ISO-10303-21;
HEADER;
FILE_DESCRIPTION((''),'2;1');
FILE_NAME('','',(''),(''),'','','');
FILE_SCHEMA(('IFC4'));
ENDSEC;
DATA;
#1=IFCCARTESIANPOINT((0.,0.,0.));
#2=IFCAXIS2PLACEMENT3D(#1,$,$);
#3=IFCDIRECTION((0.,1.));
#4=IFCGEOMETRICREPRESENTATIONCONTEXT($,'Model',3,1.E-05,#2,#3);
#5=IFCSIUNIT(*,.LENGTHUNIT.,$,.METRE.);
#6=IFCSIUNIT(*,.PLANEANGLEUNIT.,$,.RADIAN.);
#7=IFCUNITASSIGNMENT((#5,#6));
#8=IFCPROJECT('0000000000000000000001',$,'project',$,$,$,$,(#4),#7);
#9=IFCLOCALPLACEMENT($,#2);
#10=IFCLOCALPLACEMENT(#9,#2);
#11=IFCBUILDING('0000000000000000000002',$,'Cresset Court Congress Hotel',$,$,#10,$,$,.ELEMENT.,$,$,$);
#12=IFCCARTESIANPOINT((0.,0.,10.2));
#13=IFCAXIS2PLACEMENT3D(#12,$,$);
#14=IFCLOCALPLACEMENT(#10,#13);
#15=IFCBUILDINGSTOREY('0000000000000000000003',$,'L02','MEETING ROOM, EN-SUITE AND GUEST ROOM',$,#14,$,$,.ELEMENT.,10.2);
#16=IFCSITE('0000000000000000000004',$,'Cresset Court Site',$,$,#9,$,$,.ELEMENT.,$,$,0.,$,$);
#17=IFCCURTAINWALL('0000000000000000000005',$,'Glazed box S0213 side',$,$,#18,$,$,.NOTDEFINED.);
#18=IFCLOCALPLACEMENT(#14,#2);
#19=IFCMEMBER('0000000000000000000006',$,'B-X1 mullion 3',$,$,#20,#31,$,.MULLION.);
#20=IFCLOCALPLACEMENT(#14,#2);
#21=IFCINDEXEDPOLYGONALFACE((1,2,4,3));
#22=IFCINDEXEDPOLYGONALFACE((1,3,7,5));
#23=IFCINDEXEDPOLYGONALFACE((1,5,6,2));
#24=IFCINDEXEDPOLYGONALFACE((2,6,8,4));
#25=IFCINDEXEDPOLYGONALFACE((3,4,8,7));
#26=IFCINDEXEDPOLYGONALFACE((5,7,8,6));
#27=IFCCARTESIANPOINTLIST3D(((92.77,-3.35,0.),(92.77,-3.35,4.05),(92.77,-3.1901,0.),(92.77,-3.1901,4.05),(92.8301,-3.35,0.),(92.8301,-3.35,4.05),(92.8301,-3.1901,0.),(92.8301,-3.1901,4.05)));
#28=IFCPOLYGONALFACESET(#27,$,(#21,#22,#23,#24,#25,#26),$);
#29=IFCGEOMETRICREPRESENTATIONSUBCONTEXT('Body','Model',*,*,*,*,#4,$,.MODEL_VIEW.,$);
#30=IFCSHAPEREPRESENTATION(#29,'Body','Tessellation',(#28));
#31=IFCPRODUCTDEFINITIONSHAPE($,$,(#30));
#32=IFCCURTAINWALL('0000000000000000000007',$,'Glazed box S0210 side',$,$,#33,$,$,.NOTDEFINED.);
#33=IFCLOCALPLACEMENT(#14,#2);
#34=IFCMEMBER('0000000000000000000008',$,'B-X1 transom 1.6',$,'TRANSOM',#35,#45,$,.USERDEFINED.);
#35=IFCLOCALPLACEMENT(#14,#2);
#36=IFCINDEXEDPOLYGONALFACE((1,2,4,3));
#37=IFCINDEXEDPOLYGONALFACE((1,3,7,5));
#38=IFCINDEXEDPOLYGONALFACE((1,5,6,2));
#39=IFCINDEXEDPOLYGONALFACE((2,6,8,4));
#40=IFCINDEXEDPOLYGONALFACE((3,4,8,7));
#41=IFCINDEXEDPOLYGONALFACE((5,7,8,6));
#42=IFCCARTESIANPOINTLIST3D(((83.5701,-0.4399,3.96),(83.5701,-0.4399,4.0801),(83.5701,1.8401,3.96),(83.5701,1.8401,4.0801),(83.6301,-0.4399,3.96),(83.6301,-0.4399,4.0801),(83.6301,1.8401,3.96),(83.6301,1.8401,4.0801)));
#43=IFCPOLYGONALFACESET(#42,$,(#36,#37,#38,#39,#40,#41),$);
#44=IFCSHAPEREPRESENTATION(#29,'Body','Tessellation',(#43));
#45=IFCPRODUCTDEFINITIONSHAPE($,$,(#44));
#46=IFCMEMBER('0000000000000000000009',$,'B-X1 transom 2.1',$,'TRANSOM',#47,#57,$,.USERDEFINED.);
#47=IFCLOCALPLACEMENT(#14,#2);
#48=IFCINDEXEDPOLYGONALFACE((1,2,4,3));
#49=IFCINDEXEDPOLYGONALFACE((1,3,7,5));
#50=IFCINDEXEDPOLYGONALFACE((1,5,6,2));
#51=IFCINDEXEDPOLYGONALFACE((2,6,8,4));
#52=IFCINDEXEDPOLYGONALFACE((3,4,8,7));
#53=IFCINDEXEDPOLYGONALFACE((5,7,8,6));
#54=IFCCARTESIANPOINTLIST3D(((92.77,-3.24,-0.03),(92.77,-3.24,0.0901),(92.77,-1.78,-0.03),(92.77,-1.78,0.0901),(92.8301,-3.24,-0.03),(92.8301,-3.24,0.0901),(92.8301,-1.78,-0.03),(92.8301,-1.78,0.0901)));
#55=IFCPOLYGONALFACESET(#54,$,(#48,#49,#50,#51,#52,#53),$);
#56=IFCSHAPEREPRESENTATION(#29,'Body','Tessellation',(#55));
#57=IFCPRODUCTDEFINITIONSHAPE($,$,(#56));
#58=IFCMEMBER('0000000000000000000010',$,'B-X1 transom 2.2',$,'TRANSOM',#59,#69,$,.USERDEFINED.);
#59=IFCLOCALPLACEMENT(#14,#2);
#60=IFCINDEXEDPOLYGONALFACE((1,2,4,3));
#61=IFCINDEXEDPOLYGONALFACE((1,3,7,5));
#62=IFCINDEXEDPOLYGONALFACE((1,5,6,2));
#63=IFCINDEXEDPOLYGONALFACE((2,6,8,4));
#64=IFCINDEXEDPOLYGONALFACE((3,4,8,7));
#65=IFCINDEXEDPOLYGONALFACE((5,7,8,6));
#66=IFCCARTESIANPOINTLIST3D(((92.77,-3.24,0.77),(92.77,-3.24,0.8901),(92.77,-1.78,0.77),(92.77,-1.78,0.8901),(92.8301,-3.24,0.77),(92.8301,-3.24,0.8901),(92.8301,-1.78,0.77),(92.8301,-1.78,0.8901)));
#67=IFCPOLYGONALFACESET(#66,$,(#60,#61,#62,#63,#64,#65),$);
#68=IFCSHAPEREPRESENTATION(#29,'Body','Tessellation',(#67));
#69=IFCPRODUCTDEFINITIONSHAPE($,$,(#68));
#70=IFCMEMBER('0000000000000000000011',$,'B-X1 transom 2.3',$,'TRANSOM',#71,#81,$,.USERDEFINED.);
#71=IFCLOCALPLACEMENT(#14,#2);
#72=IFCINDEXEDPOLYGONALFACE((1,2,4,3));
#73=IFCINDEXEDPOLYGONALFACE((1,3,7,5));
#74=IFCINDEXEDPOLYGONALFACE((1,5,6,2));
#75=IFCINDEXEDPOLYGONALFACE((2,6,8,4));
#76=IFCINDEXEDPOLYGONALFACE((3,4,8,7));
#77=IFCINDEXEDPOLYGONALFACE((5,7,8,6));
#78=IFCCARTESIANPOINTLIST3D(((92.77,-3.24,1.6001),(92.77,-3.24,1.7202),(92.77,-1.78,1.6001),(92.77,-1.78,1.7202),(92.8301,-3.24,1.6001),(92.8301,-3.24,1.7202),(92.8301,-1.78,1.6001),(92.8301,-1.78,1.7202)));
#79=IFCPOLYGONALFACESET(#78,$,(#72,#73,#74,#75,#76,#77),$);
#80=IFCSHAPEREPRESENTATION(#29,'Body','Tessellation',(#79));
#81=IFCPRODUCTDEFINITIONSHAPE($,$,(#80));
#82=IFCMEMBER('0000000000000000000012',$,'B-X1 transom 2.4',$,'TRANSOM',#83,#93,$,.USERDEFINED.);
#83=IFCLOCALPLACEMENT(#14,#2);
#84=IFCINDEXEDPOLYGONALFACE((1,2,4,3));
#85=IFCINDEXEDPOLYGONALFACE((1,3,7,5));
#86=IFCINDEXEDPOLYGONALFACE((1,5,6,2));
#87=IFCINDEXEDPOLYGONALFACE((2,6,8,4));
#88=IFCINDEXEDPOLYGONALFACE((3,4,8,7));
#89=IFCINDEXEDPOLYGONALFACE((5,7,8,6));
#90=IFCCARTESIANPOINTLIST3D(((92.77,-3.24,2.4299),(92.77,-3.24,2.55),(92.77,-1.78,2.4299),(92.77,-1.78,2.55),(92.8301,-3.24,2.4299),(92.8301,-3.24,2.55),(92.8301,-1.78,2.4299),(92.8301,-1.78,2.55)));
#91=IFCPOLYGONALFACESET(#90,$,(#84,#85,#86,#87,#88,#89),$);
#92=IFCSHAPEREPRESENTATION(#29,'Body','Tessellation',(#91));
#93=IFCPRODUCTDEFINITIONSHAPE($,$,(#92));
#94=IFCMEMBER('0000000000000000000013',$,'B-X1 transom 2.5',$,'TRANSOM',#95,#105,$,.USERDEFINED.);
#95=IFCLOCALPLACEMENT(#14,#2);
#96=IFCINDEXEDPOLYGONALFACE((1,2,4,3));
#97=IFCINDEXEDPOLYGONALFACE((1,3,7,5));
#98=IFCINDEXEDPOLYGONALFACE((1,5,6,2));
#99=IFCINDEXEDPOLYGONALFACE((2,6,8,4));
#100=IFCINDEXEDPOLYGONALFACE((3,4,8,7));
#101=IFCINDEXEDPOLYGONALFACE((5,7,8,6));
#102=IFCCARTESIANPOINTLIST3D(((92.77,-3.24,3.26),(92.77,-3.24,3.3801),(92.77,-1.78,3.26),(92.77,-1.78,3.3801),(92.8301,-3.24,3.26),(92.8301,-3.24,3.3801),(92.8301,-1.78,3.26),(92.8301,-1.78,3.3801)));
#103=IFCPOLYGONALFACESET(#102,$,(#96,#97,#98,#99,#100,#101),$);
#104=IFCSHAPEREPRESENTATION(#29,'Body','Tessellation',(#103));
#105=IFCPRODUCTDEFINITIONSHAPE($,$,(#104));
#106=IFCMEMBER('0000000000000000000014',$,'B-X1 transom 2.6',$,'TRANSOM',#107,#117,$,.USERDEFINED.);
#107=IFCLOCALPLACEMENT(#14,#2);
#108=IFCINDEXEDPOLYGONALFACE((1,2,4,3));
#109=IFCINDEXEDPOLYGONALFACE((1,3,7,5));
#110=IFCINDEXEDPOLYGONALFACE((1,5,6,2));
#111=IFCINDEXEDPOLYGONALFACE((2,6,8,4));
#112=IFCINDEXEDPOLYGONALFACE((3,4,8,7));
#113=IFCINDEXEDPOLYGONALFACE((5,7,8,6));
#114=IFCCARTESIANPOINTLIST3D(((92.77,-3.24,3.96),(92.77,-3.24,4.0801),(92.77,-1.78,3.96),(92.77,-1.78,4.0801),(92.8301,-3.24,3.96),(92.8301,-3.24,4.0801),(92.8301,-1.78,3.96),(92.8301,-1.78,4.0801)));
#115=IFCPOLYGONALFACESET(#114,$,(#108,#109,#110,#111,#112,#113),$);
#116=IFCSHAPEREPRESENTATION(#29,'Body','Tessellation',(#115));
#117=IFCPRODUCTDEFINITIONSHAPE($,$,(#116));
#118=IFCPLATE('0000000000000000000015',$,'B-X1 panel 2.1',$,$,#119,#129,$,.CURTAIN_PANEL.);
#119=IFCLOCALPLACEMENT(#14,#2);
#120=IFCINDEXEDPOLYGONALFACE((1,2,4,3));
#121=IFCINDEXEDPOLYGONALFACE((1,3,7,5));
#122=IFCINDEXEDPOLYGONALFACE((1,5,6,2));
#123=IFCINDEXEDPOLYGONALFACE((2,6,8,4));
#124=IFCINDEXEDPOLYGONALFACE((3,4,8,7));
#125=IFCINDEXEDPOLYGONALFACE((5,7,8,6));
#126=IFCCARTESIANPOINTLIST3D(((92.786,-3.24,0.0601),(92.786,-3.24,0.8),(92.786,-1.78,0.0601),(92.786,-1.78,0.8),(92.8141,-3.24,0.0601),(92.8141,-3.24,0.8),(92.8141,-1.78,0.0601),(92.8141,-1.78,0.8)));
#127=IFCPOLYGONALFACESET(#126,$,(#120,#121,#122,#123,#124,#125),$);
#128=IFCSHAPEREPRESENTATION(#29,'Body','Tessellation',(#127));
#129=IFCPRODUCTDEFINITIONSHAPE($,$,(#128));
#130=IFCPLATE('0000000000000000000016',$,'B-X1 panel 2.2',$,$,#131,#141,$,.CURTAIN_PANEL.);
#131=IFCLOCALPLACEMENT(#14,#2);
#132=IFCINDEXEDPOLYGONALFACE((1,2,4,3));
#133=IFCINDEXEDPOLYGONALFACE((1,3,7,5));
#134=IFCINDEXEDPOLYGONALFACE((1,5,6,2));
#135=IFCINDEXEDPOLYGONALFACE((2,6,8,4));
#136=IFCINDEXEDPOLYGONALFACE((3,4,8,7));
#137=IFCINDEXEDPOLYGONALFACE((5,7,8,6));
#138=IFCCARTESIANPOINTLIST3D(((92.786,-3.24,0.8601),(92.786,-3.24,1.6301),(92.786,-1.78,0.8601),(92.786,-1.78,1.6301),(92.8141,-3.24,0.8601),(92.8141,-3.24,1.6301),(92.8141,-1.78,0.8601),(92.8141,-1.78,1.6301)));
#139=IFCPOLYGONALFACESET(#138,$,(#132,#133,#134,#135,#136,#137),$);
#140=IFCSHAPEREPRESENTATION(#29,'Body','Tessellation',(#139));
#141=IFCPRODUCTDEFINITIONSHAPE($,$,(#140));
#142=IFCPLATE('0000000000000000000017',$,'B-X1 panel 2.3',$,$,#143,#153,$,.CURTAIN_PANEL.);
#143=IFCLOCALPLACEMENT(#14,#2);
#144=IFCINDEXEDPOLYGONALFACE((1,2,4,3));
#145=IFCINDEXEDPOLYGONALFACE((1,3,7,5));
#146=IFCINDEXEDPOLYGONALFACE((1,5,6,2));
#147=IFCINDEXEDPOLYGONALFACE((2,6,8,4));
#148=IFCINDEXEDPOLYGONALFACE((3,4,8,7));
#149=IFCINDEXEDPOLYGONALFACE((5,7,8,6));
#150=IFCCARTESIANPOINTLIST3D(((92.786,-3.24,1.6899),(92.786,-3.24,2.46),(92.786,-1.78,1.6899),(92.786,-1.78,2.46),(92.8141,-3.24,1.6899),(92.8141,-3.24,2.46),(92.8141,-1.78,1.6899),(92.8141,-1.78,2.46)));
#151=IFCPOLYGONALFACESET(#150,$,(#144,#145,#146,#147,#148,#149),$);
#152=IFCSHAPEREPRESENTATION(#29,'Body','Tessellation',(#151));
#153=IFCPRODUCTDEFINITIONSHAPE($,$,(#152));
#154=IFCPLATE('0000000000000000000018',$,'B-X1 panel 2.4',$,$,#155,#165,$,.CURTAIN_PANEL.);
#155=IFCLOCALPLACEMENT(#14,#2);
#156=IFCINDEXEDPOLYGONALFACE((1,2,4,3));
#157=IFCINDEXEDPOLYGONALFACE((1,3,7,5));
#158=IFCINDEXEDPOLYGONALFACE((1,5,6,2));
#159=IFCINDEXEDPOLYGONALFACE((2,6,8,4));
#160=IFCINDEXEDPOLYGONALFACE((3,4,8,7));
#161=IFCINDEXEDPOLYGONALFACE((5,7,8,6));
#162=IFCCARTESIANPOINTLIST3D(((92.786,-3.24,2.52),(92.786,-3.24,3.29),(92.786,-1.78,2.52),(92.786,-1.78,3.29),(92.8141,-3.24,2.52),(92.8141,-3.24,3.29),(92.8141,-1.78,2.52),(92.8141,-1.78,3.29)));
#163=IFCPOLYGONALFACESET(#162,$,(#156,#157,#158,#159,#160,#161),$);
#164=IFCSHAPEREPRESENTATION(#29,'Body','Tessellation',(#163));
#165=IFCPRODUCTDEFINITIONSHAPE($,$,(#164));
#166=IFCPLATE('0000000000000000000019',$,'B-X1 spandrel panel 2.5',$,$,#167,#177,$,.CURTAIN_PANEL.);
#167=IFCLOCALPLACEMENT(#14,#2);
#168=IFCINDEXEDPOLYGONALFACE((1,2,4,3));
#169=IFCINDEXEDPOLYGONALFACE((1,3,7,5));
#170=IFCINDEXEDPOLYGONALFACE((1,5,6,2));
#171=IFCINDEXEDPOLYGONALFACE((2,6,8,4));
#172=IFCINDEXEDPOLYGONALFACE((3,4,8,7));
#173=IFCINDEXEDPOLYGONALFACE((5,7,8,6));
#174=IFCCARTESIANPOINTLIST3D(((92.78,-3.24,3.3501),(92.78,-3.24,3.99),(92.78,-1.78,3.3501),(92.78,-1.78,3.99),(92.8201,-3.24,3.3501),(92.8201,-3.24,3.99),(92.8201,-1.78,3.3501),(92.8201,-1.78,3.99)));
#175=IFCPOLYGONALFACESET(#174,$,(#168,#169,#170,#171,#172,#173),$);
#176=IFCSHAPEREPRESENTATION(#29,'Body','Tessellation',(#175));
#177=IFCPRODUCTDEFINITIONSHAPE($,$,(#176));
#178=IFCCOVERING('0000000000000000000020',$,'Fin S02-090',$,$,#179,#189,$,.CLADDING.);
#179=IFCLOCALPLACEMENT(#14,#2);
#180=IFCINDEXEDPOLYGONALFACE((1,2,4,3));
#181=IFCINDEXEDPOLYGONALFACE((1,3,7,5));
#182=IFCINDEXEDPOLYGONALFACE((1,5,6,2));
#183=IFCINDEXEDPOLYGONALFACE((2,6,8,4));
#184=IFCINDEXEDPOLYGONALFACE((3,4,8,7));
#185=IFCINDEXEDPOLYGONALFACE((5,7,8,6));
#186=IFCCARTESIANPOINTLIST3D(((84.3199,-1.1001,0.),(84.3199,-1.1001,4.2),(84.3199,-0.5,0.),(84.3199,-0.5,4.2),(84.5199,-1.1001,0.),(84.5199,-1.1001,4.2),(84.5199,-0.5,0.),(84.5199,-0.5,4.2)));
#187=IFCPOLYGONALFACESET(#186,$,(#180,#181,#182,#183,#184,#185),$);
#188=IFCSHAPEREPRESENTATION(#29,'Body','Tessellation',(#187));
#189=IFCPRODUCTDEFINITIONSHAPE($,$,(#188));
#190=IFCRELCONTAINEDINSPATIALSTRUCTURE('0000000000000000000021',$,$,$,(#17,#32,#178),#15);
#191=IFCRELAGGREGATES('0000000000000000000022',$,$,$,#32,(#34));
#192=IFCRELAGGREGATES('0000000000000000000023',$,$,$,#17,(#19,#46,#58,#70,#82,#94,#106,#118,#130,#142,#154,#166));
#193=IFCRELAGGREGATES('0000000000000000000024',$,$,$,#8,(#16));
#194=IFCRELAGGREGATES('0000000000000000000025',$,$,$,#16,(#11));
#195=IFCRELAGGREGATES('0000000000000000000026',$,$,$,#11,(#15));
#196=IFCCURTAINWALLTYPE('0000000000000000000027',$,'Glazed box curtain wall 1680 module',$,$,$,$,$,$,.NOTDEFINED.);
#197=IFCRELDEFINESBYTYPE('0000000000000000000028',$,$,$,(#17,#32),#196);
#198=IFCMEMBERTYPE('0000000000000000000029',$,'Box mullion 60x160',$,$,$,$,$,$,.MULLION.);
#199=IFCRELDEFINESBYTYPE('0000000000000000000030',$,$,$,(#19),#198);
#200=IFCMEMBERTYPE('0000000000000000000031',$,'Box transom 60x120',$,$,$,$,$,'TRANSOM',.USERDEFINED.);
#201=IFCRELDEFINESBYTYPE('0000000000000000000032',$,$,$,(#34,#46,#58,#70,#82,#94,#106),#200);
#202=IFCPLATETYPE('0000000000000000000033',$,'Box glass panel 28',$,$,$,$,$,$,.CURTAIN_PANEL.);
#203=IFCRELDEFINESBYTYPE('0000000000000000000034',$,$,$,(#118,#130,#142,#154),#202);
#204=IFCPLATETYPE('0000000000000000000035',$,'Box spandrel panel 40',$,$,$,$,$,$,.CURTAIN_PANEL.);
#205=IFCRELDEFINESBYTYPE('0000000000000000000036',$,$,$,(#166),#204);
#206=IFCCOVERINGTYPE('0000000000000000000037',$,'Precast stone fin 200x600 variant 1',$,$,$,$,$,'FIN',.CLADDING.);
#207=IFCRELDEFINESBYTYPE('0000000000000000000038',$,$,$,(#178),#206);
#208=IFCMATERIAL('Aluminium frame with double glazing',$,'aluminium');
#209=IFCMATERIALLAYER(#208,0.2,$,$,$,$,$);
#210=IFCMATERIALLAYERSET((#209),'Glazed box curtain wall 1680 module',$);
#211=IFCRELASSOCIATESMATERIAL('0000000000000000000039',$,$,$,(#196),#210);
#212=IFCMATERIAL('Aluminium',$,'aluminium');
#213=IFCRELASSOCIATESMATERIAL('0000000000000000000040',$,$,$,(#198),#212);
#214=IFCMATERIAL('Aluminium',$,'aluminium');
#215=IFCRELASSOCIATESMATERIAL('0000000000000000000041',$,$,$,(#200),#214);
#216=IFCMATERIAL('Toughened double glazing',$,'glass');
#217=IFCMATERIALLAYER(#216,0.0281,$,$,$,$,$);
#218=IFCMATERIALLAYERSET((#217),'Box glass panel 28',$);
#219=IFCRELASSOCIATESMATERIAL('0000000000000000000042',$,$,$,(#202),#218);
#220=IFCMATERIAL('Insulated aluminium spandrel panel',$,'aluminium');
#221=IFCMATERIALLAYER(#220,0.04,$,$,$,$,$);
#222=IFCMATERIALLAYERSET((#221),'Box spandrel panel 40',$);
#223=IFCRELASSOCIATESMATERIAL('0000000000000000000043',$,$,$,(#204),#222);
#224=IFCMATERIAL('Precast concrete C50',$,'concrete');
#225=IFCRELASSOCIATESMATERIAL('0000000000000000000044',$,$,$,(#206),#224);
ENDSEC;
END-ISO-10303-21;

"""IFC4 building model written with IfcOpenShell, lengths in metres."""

from ifc_helpers import new_model, si_unit, direction, frame, origin, origin_2d, place, context, subcontext, project, spatial, rectangle, extrude, material, layer, layer_set, material_profile, profile_set, type_object, element, aggregate, save


model = new_model("IFC4")

# Units and contexts
model_context = context("Model", 3, precision=1e-05, world=origin(), true_north=direction((0.0, 1.0)))
body_context = subcontext(model_context, "Body", "Model", "MODEL_VIEW")
ifc_project = project(units=[si_unit("LENGTHUNIT", "METRE"), si_unit("PLANEANGLEUNIT", "RADIAN")], contexts=[model_context])

# Site, building, storey
site_placement = place(None, origin())
site = spatial("IfcSite", under=ifc_project, at=site_placement, Name="Cresset Court Site", CompositionType="ELEMENT", RefElevation=0.0)
building_placement = place(site_placement, origin())
building = spatial("IfcBuilding", under=site, at=building_placement, Name="Cresset Court Congress Hotel", CompositionType="ELEMENT")
storey_placement = place(building_placement, frame((0.0, 0.0, 10.2)))
storey = spatial("IfcBuildingStorey", under=building, at=storey_placement, Name="L02", Description="MEETING ROOM, EN-SUITE AND GUEST ROOM", CompositionType="ELEMENT", Elevation=10.2)

# Curtain walls, members
ifc_material_1 = material(Name="Aluminium frame with double glazing", Category="aluminium")
ifc_layer_1 = layer(ifc_material_1, 0.2)
ifc_layer_set_1 = layer_set([ifc_layer_1], Name="Glazed box curtain wall 1680 module")
curtain_wall_type = type_object("IfcCurtainWallType", Name="Glazed box curtain wall 1680 module", PredefinedType="NOTDEFINED", material=ifc_layer_set_1)
curtain_wall_1_placement = place(storey_placement, origin())
curtain_wall_1 = element("IfcCurtainWall", 1, at=curtain_wall_1_placement, inside=storey, type_object=curtain_wall_type, Name="Glazed box S0213 side", PredefinedType="NOTDEFINED")
ifc_material_2 = material(Name="Aluminium", Category="aluminium")
ifc_material_profile_1 = material_profile(ifc_material_2, rectangle(XDim=0.0601, YDim=0.1599, at=origin_2d()), Name="Box mullion 60x160")
ifc_profile_set_1 = profile_set([ifc_material_profile_1], Name="Aluminium")
member_type_1 = type_object("IfcMemberType", Name="Box mullion 60x160", PredefinedType="MULLION", material=ifc_profile_set_1)
member_1_placement = place(storey_placement, frame((92.8, -3.27, 0.0), z_axis=(0.0, 0.0, 1.0), x_axis=(1.0, 0.0, 0.0)))
member_1 = element("IfcMember", 2, at=member_1_placement, type_object=member_type_1, Name="B-X1 mullion 3", PredefinedType="MULLION", context=body_context, shape_type="SweptSolid", body=[
    extrude(rectangle(XDim=0.0601, YDim=0.1599, at=origin_2d()), origin(), (0.0, 0.0, 1.0), 4.05),
])
curtain_wall_2_placement = place(storey_placement, origin())
curtain_wall_2 = element("IfcCurtainWall", 3, at=curtain_wall_2_placement, inside=storey, type_object=curtain_wall_type, Name="Glazed box S0210 side", PredefinedType="NOTDEFINED")
ifc_material_3 = material(Name="Aluminium", Category="aluminium")
ifc_material_profile_2 = material_profile(ifc_material_3, rectangle(XDim=0.0601, YDim=0.1201, at=origin_2d()), Name="Box transom 60x120")
ifc_profile_set_2 = profile_set([ifc_material_profile_2], Name="Aluminium")
member_type_2 = type_object("IfcMemberType", Name="Box transom 60x120", ElementType="TRANSOM", PredefinedType="USERDEFINED", material=ifc_profile_set_2)
member_2_placement = place(storey_placement, frame((83.6001, -0.4399, 4.02), z_axis=(0.0, 1.0, 0.0), x_axis=(-1.0, 0.0, 0.0)))
member_2 = element("IfcMember", 4, at=member_2_placement, type_object=member_type_2, Name="B-X1 transom 1.6", ObjectType="TRANSOM", PredefinedType="USERDEFINED", context=body_context, shape_type="SweptSolid", body=[
    extrude(rectangle(XDim=0.0601, YDim=0.1201, at=origin_2d()), origin(), (0.0, 0.0, 1.0), 2.28),
])
aggregate(curtain_wall_2, [member_2])

# Members
member_3_placement = place(storey_placement, frame((92.8, -1.78, 0.03), z_axis=(0.0, -1.0, 0.0), x_axis=(1.0, 0.0, 0.0)))
member_3 = element("IfcMember", 5, at=member_3_placement, type_object=member_type_2, Name="B-X1 transom 2.1", ObjectType="TRANSOM", PredefinedType="USERDEFINED", context=body_context, shape_type="SweptSolid", body=[
    extrude(rectangle(XDim=0.0601, YDim=0.1201, at=origin_2d()), origin(), (0.0, 0.0, 1.0), 1.46),
])
member_4_placement = place(storey_placement, frame((92.8, -1.78, 0.8301), z_axis=(0.0, -1.0, 0.0), x_axis=(1.0, 0.0, 0.0)))
member_4 = element("IfcMember", 6, at=member_4_placement, type_object=member_type_2, Name="B-X1 transom 2.2", ObjectType="TRANSOM", PredefinedType="USERDEFINED", context=body_context, shape_type="SweptSolid", body=[
    extrude(rectangle(XDim=0.0601, YDim=0.1201, at=origin_2d()), origin(), (0.0, 0.0, 1.0), 1.46),
])
member_5_placement = place(storey_placement, frame((92.8, -1.78, 1.6602), z_axis=(0.0, -1.0, 0.0), x_axis=(1.0, 0.0, 0.0)))
member_5 = element("IfcMember", 7, at=member_5_placement, type_object=member_type_2, Name="B-X1 transom 2.3", ObjectType="TRANSOM", PredefinedType="USERDEFINED", context=body_context, shape_type="SweptSolid", body=[
    extrude(rectangle(XDim=0.0601, YDim=0.1201, at=origin_2d()), origin(), (0.0, 0.0, 1.0), 1.46),
])
member_6_placement = place(storey_placement, frame((92.8, -1.78, 2.49), z_axis=(0.0, -1.0, 0.0), x_axis=(1.0, 0.0, 0.0)))
member_6 = element("IfcMember", 8, at=member_6_placement, type_object=member_type_2, Name="B-X1 transom 2.4", ObjectType="TRANSOM", PredefinedType="USERDEFINED", context=body_context, shape_type="SweptSolid", body=[
    extrude(rectangle(XDim=0.0601, YDim=0.1201, at=origin_2d()), origin(), (0.0, 0.0, 1.0), 1.46),
])
member_7_placement = place(storey_placement, frame((92.8, -1.78, 3.3201), z_axis=(0.0, -1.0, 0.0), x_axis=(1.0, 0.0, 0.0)))
member_7 = element("IfcMember", 9, at=member_7_placement, type_object=member_type_2, Name="B-X1 transom 2.5", ObjectType="TRANSOM", PredefinedType="USERDEFINED", context=body_context, shape_type="SweptSolid", body=[
    extrude(rectangle(XDim=0.0601, YDim=0.1201, at=origin_2d()), origin(), (0.0, 0.0, 1.0), 1.46),
])
member_8_placement = place(storey_placement, frame((92.8, -1.78, 4.02), z_axis=(0.0, -1.0, 0.0), x_axis=(1.0, 0.0, 0.0)))
member_8 = element("IfcMember", 10, at=member_8_placement, type_object=member_type_2, Name="B-X1 transom 2.6", ObjectType="TRANSOM", PredefinedType="USERDEFINED", context=body_context, shape_type="SweptSolid", body=[
    extrude(rectangle(XDim=0.0601, YDim=0.1201, at=origin_2d()), origin(), (0.0, 0.0, 1.0), 1.46),
])

# Plates
ifc_material_4 = material(Name="Toughened double glazing", Category="glass")
ifc_layer_2 = layer(ifc_material_4, 0.0281)
ifc_layer_set_2 = layer_set([ifc_layer_2], Name="Box glass panel 28")
plate_type_1 = type_object("IfcPlateType", Name="Box glass panel 28", PredefinedType="CURTAIN_PANEL", material=ifc_layer_set_2)
plate_1_placement = place(storey_placement, frame((92.8, -2.51, 0.0601), z_axis=(0.0, 0.0, 1.0), x_axis=(0.0, -1.0, 0.0)))
plate_1 = element("IfcPlate", 11, at=plate_1_placement, type_object=plate_type_1, Name="B-X1 panel 2.1", PredefinedType="CURTAIN_PANEL", context=body_context, shape_type="SweptSolid", body=[
    extrude(rectangle(XDim=1.46, YDim=0.0281, at=origin_2d()), origin(), (0.0, 0.0, 1.0), 0.74),
])
plate_2_placement = place(storey_placement, frame((92.8, -2.51, 0.8601), z_axis=(0.0, 0.0, 1.0), x_axis=(0.0, -1.0, 0.0)))
plate_2 = element("IfcPlate", 12, at=plate_2_placement, type_object=plate_type_1, Name="B-X1 panel 2.2", PredefinedType="CURTAIN_PANEL", context=body_context, shape_type="SweptSolid", body=[
    extrude(rectangle(XDim=1.46, YDim=0.0281, at=origin_2d()), origin(), (0.0, 0.0, 1.0), 0.77),
])
plate_3_placement = place(storey_placement, frame((92.8, -2.51, 1.6899), z_axis=(0.0, 0.0, 1.0), x_axis=(0.0, -1.0, 0.0)))
plate_3 = element("IfcPlate", 13, at=plate_3_placement, type_object=plate_type_1, Name="B-X1 panel 2.3", PredefinedType="CURTAIN_PANEL", context=body_context, shape_type="SweptSolid", body=[
    extrude(rectangle(XDim=1.46, YDim=0.0281, at=origin_2d()), origin(), (0.0, 0.0, 1.0), 0.77),
])
plate_4_placement = place(storey_placement, frame((92.8, -2.51, 2.52), z_axis=(0.0, 0.0, 1.0), x_axis=(0.0, -1.0, 0.0)))
plate_4 = element("IfcPlate", 14, at=plate_4_placement, type_object=plate_type_1, Name="B-X1 panel 2.4", PredefinedType="CURTAIN_PANEL", context=body_context, shape_type="SweptSolid", body=[
    extrude(rectangle(XDim=1.46, YDim=0.0281, at=origin_2d()), origin(), (0.0, 0.0, 1.0), 0.77),
])
ifc_material_5 = material(Name="Insulated aluminium spandrel panel", Category="aluminium")
ifc_layer_3 = layer(ifc_material_5, 0.04)
ifc_layer_set_3 = layer_set([ifc_layer_3], Name="Box spandrel panel 40")
plate_type_2 = type_object("IfcPlateType", Name="Box spandrel panel 40", PredefinedType="CURTAIN_PANEL", material=ifc_layer_set_3)
plate_5_placement = place(storey_placement, frame((92.8, -2.51, 3.3501), z_axis=(0.0, 0.0, 1.0), x_axis=(0.0, -1.0, 0.0)))
plate_5 = element("IfcPlate", 15, at=plate_5_placement, type_object=plate_type_2, Name="B-X1 spandrel panel 2.5", PredefinedType="CURTAIN_PANEL", context=body_context, shape_type="SweptSolid", body=[
    extrude(rectangle(XDim=1.46, YDim=0.04, at=origin_2d()), origin(), (0.0, 0.0, 1.0), 0.6399),
])
aggregate(curtain_wall_1, [member_1, member_3, member_4, member_5, member_6, member_7, member_8, plate_1, plate_2, plate_3, plate_4, plate_5])

# Covering
ifc_material_6 = material(Name="Precast concrete C50", Category="concrete")
covering_type_1 = type_object("IfcCoveringType", Name="Precast stone fin 200x600 variant 1", ElementType="FIN", PredefinedType="CLADDING", material=ifc_material_6)
for number, where, z_axis, x_axis, name in (
    (16, (84.4199, -0.8, 0.0), (0.0, 0.0, 1.0), (1.0, 0.0, 0.0), "Fin S02-090"),
):
    element("IfcCovering", number, at=place(storey_placement, frame(where, z_axis=z_axis, x_axis=x_axis)), inside=storey, type_object=covering_type_1, Name=name, PredefinedType="CLADDING", context=body_context, shape_type="SweptSolid", body=[
        extrude(rectangle(XDim=0.2, YDim=0.6001, at=origin_2d()), origin(), (0.0, 0.0, 1.0), 4.2),
    ])

save(model, "model.ifc")
